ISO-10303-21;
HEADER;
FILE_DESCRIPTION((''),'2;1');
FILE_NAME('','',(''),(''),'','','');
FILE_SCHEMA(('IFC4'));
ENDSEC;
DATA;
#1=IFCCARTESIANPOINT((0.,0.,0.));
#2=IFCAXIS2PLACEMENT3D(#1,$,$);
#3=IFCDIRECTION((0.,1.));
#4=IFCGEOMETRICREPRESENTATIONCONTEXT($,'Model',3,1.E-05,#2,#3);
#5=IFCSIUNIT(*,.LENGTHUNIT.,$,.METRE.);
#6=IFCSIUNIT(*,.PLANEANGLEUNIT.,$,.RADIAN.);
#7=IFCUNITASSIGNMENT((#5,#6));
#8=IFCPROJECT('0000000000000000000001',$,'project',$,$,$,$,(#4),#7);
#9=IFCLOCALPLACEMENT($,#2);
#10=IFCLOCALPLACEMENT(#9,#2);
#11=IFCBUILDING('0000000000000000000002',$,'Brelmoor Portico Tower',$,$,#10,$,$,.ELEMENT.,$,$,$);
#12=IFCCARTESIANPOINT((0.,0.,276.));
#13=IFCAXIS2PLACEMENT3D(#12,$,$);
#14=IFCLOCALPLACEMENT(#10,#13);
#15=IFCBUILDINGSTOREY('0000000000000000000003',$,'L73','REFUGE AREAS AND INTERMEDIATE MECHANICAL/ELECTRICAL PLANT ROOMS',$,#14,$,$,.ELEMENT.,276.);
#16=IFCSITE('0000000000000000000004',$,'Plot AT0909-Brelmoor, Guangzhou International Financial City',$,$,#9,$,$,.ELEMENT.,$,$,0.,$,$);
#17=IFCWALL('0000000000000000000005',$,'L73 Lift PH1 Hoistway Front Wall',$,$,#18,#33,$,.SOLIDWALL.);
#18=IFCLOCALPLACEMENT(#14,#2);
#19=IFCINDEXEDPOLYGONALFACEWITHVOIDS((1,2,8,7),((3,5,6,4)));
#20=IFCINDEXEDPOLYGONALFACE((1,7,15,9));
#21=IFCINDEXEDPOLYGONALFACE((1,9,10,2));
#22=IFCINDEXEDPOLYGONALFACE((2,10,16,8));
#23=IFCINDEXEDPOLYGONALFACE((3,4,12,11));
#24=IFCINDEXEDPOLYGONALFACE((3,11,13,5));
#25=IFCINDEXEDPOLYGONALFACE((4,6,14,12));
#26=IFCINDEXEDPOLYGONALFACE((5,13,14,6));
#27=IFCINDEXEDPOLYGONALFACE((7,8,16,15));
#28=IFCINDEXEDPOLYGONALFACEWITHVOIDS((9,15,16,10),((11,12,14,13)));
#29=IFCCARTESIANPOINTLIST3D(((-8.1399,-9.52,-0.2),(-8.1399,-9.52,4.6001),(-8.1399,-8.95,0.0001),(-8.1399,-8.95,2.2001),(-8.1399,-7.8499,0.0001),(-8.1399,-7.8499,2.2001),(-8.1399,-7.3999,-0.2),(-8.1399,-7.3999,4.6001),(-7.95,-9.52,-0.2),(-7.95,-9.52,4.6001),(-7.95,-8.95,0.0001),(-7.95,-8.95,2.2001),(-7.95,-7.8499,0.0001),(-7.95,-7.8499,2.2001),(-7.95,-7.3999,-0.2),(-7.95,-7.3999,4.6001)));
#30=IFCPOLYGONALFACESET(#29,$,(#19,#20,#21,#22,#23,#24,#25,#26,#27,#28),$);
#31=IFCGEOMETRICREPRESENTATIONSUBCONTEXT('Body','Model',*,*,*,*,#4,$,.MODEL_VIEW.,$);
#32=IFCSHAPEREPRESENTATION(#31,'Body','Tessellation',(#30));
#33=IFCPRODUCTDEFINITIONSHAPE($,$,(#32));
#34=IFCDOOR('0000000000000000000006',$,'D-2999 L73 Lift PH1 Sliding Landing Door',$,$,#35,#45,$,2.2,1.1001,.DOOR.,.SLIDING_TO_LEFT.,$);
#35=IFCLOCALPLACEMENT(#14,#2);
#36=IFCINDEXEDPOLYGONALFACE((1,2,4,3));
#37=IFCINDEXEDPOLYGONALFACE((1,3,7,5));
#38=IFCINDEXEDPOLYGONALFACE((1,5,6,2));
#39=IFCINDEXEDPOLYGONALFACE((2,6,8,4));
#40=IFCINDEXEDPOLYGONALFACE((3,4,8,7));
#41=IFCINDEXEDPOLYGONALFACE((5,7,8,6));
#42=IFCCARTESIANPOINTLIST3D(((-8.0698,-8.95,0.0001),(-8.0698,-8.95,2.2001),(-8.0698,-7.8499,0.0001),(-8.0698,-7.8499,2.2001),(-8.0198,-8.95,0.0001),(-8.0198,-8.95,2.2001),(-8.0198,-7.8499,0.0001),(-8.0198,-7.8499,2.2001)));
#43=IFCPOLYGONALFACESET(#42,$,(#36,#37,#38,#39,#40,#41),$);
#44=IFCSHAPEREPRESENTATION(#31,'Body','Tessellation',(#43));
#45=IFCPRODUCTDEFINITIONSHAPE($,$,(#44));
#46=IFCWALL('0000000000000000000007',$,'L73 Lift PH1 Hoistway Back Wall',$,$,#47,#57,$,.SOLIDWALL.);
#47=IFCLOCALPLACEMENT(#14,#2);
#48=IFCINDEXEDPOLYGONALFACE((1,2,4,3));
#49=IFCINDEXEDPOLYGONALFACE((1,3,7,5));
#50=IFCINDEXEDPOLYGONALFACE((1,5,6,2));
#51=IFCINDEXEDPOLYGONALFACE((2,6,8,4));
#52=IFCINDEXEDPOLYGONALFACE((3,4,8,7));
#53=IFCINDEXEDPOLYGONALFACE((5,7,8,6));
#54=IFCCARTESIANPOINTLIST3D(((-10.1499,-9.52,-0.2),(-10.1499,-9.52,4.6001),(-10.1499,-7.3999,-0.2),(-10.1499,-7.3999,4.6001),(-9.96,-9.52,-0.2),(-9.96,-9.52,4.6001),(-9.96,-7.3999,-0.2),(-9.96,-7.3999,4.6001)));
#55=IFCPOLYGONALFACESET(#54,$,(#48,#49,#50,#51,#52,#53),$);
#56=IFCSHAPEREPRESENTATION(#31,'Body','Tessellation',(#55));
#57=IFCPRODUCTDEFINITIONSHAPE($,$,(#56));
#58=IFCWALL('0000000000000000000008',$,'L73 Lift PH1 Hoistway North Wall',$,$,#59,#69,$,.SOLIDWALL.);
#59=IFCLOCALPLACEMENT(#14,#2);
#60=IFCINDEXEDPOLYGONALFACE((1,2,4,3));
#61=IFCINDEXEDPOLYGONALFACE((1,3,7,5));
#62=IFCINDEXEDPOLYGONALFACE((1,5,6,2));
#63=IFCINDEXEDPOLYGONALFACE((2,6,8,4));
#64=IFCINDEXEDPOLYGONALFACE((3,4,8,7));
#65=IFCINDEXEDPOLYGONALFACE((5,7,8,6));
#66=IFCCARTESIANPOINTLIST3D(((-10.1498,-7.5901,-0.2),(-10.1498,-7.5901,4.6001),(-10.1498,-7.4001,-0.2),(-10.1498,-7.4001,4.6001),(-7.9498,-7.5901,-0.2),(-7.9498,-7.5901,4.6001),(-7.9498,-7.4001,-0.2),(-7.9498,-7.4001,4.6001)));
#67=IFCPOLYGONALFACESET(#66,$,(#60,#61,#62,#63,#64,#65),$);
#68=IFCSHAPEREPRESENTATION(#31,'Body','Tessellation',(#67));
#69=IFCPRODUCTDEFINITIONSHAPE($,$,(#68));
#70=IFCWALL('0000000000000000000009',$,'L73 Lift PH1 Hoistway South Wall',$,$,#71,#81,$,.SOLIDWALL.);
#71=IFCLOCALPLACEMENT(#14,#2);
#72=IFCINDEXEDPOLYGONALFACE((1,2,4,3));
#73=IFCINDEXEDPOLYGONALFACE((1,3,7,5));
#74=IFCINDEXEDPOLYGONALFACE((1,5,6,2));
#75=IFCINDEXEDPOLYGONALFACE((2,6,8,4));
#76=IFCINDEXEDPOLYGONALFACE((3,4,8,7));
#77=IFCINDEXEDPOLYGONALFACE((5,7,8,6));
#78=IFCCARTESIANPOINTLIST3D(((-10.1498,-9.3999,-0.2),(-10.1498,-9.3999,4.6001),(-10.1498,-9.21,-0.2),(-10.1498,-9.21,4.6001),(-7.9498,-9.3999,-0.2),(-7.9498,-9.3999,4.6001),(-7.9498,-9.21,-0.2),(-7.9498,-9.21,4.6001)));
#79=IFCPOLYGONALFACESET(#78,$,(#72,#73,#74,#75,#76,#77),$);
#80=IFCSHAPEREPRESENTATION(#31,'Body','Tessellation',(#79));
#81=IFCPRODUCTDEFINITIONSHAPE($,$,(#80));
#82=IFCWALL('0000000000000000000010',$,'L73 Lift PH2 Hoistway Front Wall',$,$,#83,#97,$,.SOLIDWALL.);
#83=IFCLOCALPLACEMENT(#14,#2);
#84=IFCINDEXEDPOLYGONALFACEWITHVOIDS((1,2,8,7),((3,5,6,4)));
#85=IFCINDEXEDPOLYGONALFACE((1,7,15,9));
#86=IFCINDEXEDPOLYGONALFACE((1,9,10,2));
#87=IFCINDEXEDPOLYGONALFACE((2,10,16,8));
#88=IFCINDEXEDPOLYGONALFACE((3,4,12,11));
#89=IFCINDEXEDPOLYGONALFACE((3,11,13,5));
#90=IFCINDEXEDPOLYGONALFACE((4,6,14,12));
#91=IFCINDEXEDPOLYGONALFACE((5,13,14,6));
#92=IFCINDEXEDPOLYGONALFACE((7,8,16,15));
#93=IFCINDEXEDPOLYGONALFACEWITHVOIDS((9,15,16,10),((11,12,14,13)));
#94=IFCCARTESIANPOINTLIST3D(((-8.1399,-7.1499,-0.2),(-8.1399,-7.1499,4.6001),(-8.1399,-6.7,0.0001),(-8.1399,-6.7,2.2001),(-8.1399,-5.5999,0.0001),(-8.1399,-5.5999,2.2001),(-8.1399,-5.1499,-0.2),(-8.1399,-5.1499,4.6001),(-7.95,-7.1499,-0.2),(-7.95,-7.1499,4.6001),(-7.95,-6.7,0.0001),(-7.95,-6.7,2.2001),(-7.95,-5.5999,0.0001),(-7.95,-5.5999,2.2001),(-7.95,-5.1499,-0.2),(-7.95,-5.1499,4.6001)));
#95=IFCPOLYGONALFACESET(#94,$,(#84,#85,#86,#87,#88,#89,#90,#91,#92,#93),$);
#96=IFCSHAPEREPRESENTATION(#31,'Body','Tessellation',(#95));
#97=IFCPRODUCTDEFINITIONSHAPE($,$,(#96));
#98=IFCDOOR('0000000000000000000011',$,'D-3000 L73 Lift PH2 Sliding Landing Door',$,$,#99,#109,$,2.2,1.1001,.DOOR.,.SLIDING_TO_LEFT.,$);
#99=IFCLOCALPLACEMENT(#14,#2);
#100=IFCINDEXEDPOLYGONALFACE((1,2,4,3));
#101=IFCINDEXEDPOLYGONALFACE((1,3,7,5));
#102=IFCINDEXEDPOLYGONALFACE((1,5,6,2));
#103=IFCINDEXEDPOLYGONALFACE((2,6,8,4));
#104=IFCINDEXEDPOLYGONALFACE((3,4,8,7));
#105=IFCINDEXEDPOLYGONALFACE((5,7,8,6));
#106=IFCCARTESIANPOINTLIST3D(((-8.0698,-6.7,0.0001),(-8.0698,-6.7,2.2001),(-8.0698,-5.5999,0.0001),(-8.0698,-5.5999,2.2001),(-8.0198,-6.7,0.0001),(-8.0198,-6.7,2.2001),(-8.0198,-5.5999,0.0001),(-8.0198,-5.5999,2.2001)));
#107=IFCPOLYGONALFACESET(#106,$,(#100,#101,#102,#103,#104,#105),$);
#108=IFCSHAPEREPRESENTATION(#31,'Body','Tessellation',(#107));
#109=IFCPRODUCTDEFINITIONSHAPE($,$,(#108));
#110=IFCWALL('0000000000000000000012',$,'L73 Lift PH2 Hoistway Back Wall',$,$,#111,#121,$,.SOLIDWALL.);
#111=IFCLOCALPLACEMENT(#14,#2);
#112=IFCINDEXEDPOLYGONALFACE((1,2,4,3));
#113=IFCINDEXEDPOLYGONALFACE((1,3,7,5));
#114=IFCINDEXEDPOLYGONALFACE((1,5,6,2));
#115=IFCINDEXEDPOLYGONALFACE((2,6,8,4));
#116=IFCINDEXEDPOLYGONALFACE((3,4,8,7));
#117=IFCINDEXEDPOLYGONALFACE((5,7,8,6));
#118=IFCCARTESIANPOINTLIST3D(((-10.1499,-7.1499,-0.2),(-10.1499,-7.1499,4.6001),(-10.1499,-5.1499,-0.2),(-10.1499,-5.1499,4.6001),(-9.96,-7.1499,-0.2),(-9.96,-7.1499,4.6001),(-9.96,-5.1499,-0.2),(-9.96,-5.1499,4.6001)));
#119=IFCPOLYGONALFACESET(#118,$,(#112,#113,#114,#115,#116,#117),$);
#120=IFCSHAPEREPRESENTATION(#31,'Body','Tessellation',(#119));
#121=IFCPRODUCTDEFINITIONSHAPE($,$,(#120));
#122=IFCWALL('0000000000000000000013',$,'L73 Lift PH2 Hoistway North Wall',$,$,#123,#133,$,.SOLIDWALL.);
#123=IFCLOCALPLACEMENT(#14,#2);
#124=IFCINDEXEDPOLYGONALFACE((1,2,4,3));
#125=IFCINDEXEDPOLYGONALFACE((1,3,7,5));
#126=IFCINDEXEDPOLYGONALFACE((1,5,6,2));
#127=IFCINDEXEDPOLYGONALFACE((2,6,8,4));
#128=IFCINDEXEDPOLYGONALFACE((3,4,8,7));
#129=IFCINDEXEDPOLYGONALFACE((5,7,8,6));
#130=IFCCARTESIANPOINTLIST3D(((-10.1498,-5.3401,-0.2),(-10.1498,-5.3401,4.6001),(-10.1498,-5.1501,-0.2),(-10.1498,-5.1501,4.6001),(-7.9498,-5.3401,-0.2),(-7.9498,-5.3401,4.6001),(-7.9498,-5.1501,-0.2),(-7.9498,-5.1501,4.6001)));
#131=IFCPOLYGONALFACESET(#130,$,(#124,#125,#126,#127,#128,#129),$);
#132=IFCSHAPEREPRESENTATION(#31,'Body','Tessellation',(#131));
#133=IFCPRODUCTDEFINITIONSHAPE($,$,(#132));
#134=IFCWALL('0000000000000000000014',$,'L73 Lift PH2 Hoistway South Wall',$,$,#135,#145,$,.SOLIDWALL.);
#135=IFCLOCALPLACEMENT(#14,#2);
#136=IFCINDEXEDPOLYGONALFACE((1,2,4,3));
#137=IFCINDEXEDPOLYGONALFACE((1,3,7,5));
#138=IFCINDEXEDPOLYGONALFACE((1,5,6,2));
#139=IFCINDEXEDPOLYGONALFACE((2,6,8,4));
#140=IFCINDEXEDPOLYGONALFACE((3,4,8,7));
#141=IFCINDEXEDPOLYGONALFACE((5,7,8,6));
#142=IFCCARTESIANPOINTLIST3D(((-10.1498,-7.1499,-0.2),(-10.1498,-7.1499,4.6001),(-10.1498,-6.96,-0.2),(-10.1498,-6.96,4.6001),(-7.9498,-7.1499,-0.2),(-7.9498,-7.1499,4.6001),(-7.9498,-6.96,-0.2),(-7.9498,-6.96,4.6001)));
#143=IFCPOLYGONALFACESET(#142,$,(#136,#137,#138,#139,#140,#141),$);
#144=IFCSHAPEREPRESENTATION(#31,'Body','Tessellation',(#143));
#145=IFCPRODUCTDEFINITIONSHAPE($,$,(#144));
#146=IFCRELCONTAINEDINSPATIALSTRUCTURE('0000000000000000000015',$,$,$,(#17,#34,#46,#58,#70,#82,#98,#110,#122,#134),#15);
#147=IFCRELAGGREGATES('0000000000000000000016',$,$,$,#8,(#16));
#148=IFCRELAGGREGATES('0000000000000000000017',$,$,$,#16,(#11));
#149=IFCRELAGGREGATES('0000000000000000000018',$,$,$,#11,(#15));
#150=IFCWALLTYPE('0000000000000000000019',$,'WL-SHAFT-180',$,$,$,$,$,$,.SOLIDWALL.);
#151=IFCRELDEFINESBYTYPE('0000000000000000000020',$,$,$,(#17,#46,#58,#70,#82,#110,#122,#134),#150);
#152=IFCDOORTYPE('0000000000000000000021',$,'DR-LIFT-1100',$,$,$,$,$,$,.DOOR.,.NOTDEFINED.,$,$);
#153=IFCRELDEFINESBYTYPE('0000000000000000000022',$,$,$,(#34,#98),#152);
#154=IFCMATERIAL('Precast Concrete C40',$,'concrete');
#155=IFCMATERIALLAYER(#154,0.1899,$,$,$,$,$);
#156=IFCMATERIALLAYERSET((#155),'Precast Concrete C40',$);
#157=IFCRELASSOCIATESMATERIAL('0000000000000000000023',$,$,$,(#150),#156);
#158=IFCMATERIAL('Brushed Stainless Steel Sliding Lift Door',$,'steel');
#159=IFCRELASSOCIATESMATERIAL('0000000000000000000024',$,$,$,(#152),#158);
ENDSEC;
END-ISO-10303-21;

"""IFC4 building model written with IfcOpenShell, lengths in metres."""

from ifc_helpers import new_model, si_unit, direction, frame, frame_2d, origin, place, context, subcontext, project, spatial, rectangle, extrude, material, layer, layer_set, type_object, element, fill, save


model = new_model("IFC4")

# Units and contexts
model_context = context("Model", 3, precision=1e-05, world=origin(), true_north=direction((0.0, 1.0)))
body_context = subcontext(model_context, "Body", "Model", "MODEL_VIEW")
ifc_project = project(units=[si_unit("LENGTHUNIT", "METRE"), si_unit("PLANEANGLEUNIT", "RADIAN")], contexts=[model_context])

# Site, building, storey
site_placement = place(None, origin())
site = spatial("IfcSite", under=ifc_project, at=site_placement, Name="Plot AT0909-Brelmoor, Guangzhou International Financial City", CompositionType="ELEMENT", RefElevation=0.0)
building_placement = place(site_placement, origin())
building = spatial("IfcBuilding", under=site, at=building_placement, Name="Brelmoor Portico Tower", CompositionType="ELEMENT")
storey_placement = place(building_placement, frame((0.0, 0.0, 276.0)))
storey = spatial("IfcBuildingStorey", under=building, at=storey_placement, Name="L73", Description="REFUGE AREAS AND INTERMEDIATE MECHANICAL/ELECTRICAL PLANT ROOMS", CompositionType="ELEMENT", Elevation=276.0)

# Wall, opening, door
ifc_material_1 = material(Name="Precast Concrete C40", Category="concrete")
ifc_layer_1 = layer(ifc_material_1, 0.1899)
ifc_layer_set_1 = layer_set([ifc_layer_1], Name="Precast Concrete C40")
wall_type_1 = type_object("IfcWallType", Name="WL-SHAFT-180", PredefinedType="SOLIDWALL", material=ifc_layer_set_1)
wall_1_placement = place(storey_placement, frame((-8.0449, -9.52, -0.2), z_axis=(0.0, 0.0, 1.0), x_axis=(0.0, 1.0, 0.0)))
wall_1 = element("IfcWall", 1, at=wall_1_placement, inside=storey, type_object=wall_type_1, Name="L73 Lift PH1 Hoistway Front Wall", PredefinedType="SOLIDWALL", context=body_context, shape_type="SweptSolid", body=[
    extrude(rectangle(XDim=2.1201, YDim=0.1899, at=frame_2d((1.0601, 0.0))), origin(), (0.0, 0.0, 1.0), 4.8),
])
opening_1_placement = place(wall_1_placement, frame((0.5701, 0.0, 0.2)))
opening_1 = element("IfcOpeningElement", 2, at=opening_1_placement, cuts=wall_1, PredefinedType="OPENING", context=body_context, shape_type="SweptSolid", body=[
    extrude(rectangle(XDim=1.1001, YDim=2.2, at=frame_2d((0.55, 1.1001))), frame((0.0, 0.105, 0.0), z_axis=(0.0, -1.0, 0.0), x_axis=(1.0, 0.0, 0.0)), (0.0, 0.0, 1.0), 0.21),
])
ifc_material_2 = material(Name="Brushed Stainless Steel Sliding Lift Door", Category="steel")
door_type_1 = type_object("IfcDoorType", Name="DR-LIFT-1100", OperationType="NOTDEFINED", PredefinedType="DOOR", material=ifc_material_2)
door_1_placement = place(opening_1_placement, origin())
door_1 = element("IfcDoor", 3, at=door_1_placement, inside=storey, type_object=door_type_1, Name="D-2999 L73 Lift PH1 Sliding Landing Door", OperationType="SLIDING_TO_LEFT", OverallHeight=2.2, OverallWidth=1.1001, PredefinedType="DOOR", context=body_context, shape_type="SweptSolid", body=[
    extrude(rectangle(XDim=1.1001, YDim=2.2, at=frame_2d((0.55, 1.1001))), frame((0.0, 0.0249, 0.0), z_axis=(0.0, -1.0, 0.0), x_axis=(1.0, 0.0, 0.0)), (0.0, 0.0, 1.0), 0.05),
])
fill(opening_1, door_1)

# Walls
wall_2_placement = place(storey_placement, frame((-10.0549, -9.52, -0.2), z_axis=(0.0, 0.0, 1.0), x_axis=(0.0, 1.0, 0.0)))
element("IfcWall", 4, at=wall_2_placement, inside=storey, type_object=wall_type_1, Name="L73 Lift PH1 Hoistway Back Wall", PredefinedType="SOLIDWALL", context=body_context, shape_type="SweptSolid", body=[
    extrude(rectangle(XDim=2.1201, YDim=0.1899, at=frame_2d((1.0601, 0.0))), origin(), (0.0, 0.0, 1.0), 4.8),
])
for number, where, z_axis, x_axis, name in (
    (5, (-10.1499, -7.4951, -0.2), (0.0, 0.0, 1.0), (1.0, 0.0, 0.0), "L73 Lift PH1 Hoistway North Wall"),
    (6, (-10.1499, -9.3049, -0.2), (0.0, 0.0, 1.0), (1.0, 0.0, 0.0), "L73 Lift PH1 Hoistway South Wall"),
):
    element("IfcWall", number, at=place(storey_placement, frame(where, z_axis=z_axis, x_axis=x_axis)), inside=storey, type_object=wall_type_1, Name=name, PredefinedType="SOLIDWALL", context=body_context, shape_type="SweptSolid", body=[
        extrude(rectangle(XDim=2.2, YDim=0.1899, at=frame_2d((1.1001, 0.0))), origin(), (0.0, 0.0, 1.0), 4.8),
    ])

# Wall, opening, door
wall_3_placement = place(storey_placement, frame((-8.0449, -7.1499, -0.2), z_axis=(0.0, 0.0, 1.0), x_axis=(0.0, 1.0, 0.0)))
wall_3 = element("IfcWall", 7, at=wall_3_placement, inside=storey, type_object=wall_type_1, Name="L73 Lift PH2 Hoistway Front Wall", PredefinedType="SOLIDWALL", context=body_context, shape_type="SweptSolid", body=[
    extrude(rectangle(XDim=2.0, YDim=0.1899, at=frame_2d((1.0, 0.0))), origin(), (0.0, 0.0, 1.0), 4.8),
])
opening_2_placement = place(wall_3_placement, frame((0.45, 0.0, 0.2)))
opening_2 = element("IfcOpeningElement", 8, at=opening_2_placement, cuts=wall_3, PredefinedType="OPENING", context=body_context, shape_type="SweptSolid", body=[
    extrude(rectangle(XDim=1.1001, YDim=2.2, at=frame_2d((0.55, 1.1001))), frame((0.0, 0.105, 0.0), z_axis=(0.0, -1.0, 0.0), x_axis=(1.0, 0.0, 0.0)), (0.0, 0.0, 1.0), 0.21),
])
door_2_placement = place(opening_2_placement, origin())
door_2 = element("IfcDoor", 9, at=door_2_placement, inside=storey, type_object=door_type_1, Name="D-3000 L73 Lift PH2 Sliding Landing Door", OperationType="SLIDING_TO_LEFT", OverallHeight=2.2, OverallWidth=1.1001, PredefinedType="DOOR", context=body_context, shape_type="SweptSolid", body=[
    extrude(rectangle(XDim=1.1001, YDim=2.2, at=frame_2d((0.55, 1.1001))), frame((0.0, 0.0249, 0.0), z_axis=(0.0, -1.0, 0.0), x_axis=(1.0, 0.0, 0.0)), (0.0, 0.0, 1.0), 0.05),
])
fill(opening_2, door_2)

# Walls
wall_4_placement = place(storey_placement, frame((-10.0549, -7.1499, -0.2), z_axis=(0.0, 0.0, 1.0), x_axis=(0.0, 1.0, 0.0)))
element("IfcWall", 10, at=wall_4_placement, inside=storey, type_object=wall_type_1, Name="L73 Lift PH2 Hoistway Back Wall", PredefinedType="SOLIDWALL", context=body_context, shape_type="SweptSolid", body=[
    extrude(rectangle(XDim=2.0, YDim=0.1899, at=frame_2d((1.0, 0.0))), origin(), (0.0, 0.0, 1.0), 4.8),
])
for number, where, z_axis, x_axis, name in (
    (11, (-10.1499, -5.2451, -0.2), (0.0, 0.0, 1.0), (1.0, 0.0, 0.0), "L73 Lift PH2 Hoistway North Wall"),
    (12, (-10.1499, -7.0549, -0.2), (0.0, 0.0, 1.0), (1.0, 0.0, 0.0), "L73 Lift PH2 Hoistway South Wall"),
):
    element("IfcWall", number, at=place(storey_placement, frame(where, z_axis=z_axis, x_axis=x_axis)), inside=storey, type_object=wall_type_1, Name=name, PredefinedType="SOLIDWALL", context=body_context, shape_type="SweptSolid", body=[
        extrude(rectangle(XDim=2.2, YDim=0.1899, at=frame_2d((1.1001, 0.0))), origin(), (0.0, 0.0, 1.0), 4.8),
    ])

save(model, "model.ifc")
